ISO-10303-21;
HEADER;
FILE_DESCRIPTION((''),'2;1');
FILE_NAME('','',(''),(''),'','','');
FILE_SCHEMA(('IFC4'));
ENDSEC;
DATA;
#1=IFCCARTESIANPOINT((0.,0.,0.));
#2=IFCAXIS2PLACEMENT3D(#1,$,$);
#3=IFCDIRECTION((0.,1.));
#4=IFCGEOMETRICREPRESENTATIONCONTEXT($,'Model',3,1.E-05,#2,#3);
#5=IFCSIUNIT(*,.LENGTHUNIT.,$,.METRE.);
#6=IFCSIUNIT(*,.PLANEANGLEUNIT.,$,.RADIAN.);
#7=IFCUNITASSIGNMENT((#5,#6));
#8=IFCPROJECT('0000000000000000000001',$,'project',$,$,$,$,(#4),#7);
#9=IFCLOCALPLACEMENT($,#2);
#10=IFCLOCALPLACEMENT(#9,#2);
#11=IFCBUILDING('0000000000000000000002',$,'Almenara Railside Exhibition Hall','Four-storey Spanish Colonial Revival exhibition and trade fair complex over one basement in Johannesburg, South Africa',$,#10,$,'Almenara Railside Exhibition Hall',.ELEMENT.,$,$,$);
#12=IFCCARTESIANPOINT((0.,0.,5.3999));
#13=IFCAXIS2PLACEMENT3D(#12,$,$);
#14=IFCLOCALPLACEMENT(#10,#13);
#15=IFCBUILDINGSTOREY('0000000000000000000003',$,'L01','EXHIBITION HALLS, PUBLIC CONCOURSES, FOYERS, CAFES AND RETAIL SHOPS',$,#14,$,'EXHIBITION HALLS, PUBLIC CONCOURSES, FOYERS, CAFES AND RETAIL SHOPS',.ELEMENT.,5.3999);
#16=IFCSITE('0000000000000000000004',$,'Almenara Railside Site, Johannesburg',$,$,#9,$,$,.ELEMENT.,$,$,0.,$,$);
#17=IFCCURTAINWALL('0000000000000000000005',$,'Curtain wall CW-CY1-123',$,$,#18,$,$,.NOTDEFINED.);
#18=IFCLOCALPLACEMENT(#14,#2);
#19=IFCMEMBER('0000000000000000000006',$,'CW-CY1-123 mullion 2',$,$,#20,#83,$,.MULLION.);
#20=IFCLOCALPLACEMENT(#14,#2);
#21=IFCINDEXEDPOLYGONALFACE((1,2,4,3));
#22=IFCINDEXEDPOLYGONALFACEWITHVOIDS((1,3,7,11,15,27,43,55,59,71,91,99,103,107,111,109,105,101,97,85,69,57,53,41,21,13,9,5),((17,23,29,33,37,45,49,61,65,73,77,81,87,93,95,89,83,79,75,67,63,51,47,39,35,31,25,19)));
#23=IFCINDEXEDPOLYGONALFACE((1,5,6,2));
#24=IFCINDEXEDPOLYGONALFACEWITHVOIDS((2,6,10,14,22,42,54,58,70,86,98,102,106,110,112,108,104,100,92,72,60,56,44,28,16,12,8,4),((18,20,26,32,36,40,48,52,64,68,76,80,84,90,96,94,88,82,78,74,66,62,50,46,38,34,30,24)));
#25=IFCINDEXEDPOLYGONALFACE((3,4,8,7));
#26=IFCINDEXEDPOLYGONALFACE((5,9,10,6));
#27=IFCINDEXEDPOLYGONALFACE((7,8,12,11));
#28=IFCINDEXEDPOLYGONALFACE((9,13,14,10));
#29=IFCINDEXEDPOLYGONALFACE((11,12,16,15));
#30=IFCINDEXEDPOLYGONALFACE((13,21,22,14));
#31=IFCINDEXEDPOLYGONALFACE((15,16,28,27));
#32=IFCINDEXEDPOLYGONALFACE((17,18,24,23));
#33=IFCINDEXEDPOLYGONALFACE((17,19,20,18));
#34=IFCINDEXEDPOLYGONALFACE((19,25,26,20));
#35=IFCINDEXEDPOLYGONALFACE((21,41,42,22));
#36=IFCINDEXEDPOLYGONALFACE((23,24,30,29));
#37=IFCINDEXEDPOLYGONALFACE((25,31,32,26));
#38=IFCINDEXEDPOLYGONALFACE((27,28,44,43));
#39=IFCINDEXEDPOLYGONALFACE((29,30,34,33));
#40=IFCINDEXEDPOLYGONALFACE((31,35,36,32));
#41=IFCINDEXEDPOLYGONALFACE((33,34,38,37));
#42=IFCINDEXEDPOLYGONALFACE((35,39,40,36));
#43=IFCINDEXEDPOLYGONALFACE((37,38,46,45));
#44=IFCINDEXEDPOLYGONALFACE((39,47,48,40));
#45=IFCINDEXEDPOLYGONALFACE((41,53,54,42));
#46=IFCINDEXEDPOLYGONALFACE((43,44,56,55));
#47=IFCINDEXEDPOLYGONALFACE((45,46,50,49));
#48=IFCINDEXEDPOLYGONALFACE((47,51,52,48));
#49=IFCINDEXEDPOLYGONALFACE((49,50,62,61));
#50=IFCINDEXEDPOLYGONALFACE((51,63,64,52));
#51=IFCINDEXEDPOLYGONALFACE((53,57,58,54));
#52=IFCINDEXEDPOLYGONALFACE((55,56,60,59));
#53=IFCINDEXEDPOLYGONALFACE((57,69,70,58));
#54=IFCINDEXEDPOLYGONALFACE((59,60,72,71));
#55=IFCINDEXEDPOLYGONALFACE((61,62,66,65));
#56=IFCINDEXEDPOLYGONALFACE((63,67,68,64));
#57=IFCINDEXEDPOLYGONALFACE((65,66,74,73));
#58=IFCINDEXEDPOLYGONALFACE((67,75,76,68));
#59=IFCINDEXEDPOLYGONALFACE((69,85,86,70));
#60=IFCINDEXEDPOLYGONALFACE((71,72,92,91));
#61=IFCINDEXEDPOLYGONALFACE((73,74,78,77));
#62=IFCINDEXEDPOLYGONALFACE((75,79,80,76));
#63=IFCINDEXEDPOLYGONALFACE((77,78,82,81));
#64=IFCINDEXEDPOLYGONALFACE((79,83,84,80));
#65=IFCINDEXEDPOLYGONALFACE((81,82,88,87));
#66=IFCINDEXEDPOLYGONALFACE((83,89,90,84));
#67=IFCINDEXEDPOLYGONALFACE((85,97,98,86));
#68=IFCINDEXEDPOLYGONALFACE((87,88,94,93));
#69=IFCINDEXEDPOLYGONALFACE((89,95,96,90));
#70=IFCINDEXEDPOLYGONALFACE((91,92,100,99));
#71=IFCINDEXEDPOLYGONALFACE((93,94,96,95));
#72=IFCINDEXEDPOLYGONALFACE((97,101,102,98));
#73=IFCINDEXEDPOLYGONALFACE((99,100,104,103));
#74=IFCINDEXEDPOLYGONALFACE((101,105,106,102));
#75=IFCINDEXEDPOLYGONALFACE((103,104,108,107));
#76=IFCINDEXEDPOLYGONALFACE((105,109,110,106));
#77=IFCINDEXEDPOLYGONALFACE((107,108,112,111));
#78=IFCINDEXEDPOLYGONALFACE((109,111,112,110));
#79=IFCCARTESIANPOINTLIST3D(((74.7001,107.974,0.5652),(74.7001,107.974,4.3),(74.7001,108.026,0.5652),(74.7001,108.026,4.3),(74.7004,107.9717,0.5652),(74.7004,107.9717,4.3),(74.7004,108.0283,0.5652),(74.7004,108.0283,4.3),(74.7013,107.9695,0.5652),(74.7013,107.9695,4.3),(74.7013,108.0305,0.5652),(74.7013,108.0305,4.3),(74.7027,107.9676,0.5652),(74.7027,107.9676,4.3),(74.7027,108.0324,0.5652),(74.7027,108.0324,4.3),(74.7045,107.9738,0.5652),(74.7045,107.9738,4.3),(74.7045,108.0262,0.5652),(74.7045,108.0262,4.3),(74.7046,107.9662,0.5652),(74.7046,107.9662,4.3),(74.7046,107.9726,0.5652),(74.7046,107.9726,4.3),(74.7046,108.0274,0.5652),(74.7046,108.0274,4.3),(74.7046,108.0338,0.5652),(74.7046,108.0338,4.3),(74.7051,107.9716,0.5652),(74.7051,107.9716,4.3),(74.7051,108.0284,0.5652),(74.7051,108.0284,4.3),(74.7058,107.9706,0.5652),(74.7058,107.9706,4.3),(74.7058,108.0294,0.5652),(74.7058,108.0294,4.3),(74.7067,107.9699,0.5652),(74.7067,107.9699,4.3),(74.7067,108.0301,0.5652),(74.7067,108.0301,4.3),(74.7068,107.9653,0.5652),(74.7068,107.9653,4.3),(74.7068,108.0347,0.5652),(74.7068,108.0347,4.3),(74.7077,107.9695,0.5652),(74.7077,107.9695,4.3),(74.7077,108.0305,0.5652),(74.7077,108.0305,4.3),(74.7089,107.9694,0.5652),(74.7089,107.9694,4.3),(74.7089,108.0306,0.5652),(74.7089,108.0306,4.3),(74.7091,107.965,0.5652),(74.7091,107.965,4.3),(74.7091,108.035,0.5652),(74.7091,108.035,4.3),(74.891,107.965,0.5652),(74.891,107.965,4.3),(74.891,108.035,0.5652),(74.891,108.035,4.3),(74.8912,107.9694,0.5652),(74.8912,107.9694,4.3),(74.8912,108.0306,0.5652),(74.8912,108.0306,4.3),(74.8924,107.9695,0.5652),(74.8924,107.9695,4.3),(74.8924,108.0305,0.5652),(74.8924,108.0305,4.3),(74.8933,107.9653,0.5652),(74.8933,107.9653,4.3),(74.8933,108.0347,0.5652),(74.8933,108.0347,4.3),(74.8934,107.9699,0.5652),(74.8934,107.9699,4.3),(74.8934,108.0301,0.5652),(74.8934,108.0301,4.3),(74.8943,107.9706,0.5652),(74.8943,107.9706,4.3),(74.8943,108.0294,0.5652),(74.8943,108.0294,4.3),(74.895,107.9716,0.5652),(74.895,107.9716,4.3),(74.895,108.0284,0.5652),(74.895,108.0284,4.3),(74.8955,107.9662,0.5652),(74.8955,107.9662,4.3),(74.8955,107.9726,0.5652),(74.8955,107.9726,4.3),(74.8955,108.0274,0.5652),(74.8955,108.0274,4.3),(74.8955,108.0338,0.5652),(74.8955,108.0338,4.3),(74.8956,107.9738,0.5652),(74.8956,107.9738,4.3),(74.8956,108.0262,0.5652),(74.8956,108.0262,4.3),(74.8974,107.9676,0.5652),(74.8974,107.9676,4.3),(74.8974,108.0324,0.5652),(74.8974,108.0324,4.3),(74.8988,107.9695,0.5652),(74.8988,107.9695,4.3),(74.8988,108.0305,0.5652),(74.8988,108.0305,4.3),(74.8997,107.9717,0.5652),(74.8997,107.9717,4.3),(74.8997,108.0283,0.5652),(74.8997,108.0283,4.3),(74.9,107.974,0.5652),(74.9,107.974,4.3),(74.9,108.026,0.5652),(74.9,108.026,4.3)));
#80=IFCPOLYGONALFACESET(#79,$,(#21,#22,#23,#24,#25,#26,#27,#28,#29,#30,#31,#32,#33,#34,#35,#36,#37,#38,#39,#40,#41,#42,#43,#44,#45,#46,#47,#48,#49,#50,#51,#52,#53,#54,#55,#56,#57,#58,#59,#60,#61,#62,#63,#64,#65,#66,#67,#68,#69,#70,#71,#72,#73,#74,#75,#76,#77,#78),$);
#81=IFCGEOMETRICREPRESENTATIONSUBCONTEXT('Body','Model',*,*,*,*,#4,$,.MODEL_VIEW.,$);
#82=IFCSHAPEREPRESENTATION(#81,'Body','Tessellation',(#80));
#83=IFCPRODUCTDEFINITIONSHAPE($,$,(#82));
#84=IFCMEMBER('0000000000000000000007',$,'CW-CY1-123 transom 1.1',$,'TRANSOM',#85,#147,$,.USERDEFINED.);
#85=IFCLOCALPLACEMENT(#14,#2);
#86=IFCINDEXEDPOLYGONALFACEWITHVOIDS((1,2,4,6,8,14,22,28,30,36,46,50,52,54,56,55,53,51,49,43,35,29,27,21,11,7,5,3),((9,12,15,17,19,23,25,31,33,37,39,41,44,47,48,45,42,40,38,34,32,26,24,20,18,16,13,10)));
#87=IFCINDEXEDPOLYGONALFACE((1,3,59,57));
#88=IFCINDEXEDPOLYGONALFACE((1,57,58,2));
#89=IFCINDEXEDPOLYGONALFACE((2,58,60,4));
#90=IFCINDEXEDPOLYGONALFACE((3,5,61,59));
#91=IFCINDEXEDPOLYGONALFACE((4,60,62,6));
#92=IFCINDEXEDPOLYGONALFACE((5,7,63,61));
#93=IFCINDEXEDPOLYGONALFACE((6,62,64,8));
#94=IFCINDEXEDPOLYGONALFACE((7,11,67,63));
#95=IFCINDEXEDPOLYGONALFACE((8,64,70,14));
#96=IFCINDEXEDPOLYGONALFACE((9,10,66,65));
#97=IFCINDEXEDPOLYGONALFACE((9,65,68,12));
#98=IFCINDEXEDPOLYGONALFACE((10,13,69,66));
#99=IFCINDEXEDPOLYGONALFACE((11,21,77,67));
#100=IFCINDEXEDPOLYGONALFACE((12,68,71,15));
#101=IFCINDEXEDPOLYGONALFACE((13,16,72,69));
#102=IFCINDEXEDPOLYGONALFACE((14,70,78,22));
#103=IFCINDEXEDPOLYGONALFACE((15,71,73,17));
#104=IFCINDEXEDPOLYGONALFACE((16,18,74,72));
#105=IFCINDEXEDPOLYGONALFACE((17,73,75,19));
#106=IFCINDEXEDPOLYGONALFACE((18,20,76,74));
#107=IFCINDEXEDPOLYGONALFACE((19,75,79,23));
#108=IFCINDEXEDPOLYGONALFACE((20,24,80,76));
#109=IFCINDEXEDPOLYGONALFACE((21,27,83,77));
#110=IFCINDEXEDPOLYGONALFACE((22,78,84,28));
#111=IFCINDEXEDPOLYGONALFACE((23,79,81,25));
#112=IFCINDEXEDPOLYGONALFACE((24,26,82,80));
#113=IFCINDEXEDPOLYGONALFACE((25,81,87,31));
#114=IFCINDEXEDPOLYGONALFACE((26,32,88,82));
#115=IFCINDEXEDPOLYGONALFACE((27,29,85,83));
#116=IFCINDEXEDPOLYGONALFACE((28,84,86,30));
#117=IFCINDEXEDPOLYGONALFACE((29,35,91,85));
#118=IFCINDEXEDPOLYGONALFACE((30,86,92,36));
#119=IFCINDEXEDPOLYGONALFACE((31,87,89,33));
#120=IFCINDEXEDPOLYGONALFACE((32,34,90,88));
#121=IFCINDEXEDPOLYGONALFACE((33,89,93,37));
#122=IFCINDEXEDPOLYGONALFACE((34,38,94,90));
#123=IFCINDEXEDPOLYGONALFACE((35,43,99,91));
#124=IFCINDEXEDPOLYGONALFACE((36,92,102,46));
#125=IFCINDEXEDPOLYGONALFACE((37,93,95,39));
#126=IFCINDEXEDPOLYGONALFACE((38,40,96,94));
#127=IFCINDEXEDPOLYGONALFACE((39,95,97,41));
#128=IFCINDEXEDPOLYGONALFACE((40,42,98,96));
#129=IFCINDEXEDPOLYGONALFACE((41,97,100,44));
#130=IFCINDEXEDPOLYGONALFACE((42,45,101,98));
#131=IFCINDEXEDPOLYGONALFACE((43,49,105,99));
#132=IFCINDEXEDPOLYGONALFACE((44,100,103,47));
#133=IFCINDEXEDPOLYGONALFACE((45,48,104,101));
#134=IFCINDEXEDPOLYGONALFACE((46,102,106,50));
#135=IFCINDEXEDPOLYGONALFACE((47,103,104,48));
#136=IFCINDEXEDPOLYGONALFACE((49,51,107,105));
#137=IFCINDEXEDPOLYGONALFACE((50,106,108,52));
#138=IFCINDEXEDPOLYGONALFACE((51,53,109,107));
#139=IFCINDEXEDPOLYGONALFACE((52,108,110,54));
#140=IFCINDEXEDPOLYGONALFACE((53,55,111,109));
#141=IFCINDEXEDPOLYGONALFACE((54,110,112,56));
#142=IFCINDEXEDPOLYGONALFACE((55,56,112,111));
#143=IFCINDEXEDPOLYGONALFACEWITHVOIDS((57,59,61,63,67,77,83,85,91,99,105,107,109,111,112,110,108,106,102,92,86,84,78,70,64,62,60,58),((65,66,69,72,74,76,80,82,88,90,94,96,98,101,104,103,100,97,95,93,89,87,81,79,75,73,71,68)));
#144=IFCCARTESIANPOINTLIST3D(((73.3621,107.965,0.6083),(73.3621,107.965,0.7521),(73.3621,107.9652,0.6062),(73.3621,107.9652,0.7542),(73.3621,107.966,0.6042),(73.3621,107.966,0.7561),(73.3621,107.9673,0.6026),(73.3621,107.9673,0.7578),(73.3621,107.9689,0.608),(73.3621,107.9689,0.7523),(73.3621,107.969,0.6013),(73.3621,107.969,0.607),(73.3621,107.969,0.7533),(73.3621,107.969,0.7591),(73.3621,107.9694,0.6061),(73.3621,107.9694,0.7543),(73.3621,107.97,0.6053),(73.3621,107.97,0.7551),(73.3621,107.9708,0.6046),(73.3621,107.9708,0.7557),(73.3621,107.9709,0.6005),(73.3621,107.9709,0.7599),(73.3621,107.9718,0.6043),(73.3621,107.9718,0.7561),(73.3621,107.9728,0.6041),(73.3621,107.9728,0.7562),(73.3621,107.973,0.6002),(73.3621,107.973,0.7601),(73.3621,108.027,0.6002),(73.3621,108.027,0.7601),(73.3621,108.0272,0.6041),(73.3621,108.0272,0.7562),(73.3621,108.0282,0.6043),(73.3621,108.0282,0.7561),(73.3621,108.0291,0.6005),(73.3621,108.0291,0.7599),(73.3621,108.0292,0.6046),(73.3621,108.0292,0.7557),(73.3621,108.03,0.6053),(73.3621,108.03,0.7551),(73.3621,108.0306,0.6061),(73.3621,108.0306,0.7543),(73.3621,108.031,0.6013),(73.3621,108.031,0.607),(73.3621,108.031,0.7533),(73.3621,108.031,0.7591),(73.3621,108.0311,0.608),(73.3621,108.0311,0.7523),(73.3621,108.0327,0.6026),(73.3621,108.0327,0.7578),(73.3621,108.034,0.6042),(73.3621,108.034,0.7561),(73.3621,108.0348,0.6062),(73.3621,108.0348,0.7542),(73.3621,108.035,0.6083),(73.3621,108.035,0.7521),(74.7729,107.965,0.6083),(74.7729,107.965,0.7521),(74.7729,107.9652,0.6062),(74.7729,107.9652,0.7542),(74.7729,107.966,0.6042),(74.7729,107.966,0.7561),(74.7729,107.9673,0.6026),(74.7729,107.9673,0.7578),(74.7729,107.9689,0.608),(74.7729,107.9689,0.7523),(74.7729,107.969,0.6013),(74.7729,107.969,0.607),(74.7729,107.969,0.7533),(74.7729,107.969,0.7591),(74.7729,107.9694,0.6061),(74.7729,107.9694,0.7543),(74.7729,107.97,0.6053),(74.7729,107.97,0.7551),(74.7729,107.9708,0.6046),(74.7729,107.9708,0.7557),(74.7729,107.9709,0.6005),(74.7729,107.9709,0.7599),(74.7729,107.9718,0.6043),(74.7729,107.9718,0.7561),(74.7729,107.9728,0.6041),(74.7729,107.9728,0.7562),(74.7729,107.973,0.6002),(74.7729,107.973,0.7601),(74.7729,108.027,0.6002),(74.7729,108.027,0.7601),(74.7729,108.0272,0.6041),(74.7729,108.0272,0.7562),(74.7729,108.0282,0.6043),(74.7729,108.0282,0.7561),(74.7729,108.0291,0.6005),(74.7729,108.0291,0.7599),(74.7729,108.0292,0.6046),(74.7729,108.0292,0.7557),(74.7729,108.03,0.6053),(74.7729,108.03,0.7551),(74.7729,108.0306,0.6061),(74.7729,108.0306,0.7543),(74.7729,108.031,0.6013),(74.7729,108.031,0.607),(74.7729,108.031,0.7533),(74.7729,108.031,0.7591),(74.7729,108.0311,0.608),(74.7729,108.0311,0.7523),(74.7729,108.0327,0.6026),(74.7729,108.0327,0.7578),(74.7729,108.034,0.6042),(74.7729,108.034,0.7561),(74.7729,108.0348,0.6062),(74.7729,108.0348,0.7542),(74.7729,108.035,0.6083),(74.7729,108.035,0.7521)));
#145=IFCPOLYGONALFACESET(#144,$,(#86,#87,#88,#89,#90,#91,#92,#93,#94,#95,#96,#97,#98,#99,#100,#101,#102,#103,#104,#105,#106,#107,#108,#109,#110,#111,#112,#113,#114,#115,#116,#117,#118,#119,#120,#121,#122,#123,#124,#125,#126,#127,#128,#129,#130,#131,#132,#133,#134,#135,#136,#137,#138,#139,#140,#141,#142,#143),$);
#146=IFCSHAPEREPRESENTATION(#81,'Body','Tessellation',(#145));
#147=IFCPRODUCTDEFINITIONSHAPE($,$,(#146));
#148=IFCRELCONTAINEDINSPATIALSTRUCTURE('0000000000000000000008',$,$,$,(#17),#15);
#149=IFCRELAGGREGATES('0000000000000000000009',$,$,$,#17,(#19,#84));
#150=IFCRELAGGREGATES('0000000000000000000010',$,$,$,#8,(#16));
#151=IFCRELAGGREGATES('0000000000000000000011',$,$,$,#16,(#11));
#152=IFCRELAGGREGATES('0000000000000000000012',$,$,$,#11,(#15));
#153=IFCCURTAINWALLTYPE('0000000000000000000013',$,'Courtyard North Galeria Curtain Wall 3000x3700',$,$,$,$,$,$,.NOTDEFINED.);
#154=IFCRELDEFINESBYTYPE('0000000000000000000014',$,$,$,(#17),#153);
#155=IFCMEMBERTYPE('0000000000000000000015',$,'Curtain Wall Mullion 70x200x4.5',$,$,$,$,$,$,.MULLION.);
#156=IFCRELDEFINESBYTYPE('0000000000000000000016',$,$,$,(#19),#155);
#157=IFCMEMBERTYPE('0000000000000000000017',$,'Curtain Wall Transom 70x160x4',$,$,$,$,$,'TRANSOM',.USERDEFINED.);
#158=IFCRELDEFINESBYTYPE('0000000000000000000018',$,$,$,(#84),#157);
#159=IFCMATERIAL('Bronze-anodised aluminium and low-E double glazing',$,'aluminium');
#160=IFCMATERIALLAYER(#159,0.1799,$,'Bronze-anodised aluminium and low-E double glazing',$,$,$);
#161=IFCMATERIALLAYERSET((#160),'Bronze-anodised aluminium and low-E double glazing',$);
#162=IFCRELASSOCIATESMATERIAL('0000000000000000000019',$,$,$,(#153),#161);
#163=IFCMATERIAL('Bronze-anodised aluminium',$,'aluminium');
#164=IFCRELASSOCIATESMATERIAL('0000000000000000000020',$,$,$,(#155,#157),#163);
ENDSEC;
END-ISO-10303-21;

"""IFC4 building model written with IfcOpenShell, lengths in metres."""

from ifc_helpers import new_model, si_unit, direction, frame, origin, origin_2d, place, context, subcontext, project, spatial, hollow_rectangle, extrude, material, layer, layer_set, material_profile, profile_set, type_object, element, aggregate, save


model = new_model("IFC4")

# Units and contexts
model_context = context("Model", 3, precision=1e-05, world=origin(), true_north=direction((0.0, 1.0)))
body_context = subcontext(model_context, "Body", "Model", "MODEL_VIEW")
ifc_project = project(units=[si_unit("LENGTHUNIT", "METRE"), si_unit("PLANEANGLEUNIT", "RADIAN")], contexts=[model_context])

# Site, building, storey
site_placement = place(None, origin())
site = spatial("IfcSite", under=ifc_project, at=site_placement, Name="Almenara Railside Site, Johannesburg", CompositionType="ELEMENT", RefElevation=0.0)
building_placement = place(site_placement, origin())
building = spatial("IfcBuilding", under=site, at=building_placement, Name="Almenara Railside Exhibition Hall", Description="Four-storey Spanish Colonial Revival exhibition and trade fair complex over one basement in Johannesburg, South Africa", LongName="Almenara Railside Exhibition Hall", CompositionType="ELEMENT")
storey_placement = place(building_placement, frame((0.0, 0.0, 5.3999)))
storey = spatial("IfcBuildingStorey", under=building, at=storey_placement, Name="L01", Description="EXHIBITION HALLS, PUBLIC CONCOURSES, FOYERS, CAFES AND RETAIL SHOPS", LongName="EXHIBITION HALLS, PUBLIC CONCOURSES, FOYERS, CAFES AND RETAIL SHOPS", CompositionType="ELEMENT", Elevation=5.3999)

# Shared definitions
ifc_material_1 = material(Name="Bronze-anodised aluminium and low-E double glazing", Category="aluminium")
ifc_layer_1 = layer(ifc_material_1, 0.1799, Name="Bronze-anodised aluminium and low-E double glazing")
ifc_layer_set_1 = layer_set([ifc_layer_1], Name="Bronze-anodised aluminium and low-E double glazing")
curtain_wall_type = type_object("IfcCurtainWallType", Name="Courtyard North Galeria Curtain Wall 3000x3700", PredefinedType="NOTDEFINED", material=ifc_layer_set_1)
ifc_material_2 = material(Name="Bronze-anodised aluminium", Category="aluminium")

# Curtain wall, members
curtain_wall_1_placement = place(storey_placement, origin())
curtain_wall_1 = element("IfcCurtainWall", 1, at=curtain_wall_1_placement, inside=storey, type_object=curtain_wall_type, Name="Curtain wall CW-CY1-123", PredefinedType="NOTDEFINED")
ifc_material_profile_1 = material_profile(ifc_material_2, hollow_rectangle(XDim=0.0701, YDim=0.2, WallThickness=0.0044, InnerFilletRadius=0.0044, OuterFilletRadius=0.009, at=origin_2d()), Name="ALU-MUL 70x200x4.5")
ifc_profile_set_1 = profile_set([ifc_material_profile_1], Name="Bronze-anodised aluminium")
member_type_1 = type_object("IfcMemberType", Name="Curtain Wall Mullion 70x200x4.5", PredefinedType="MULLION", material=ifc_profile_set_1)
member_1_placement = place(storey_placement, frame((74.8, 108.0, 0.5652), z_axis=(0.0, 0.0, 1.0), x_axis=(0.0, 1.0, 0.0)))
member_1 = element("IfcMember", 2, at=member_1_placement, type_object=member_type_1, Name="CW-CY1-123 mullion 2", PredefinedType="MULLION", context=body_context, shape_type="SweptSolid", body=[
    extrude(hollow_rectangle(XDim=0.0701, YDim=0.2, WallThickness=0.0044, InnerFilletRadius=0.0044, OuterFilletRadius=0.009, at=origin_2d()), origin(), (0.0, 0.0, 1.0), 3.7349),
])
ifc_material_profile_2 = material_profile(ifc_material_2, hollow_rectangle(XDim=0.0701, YDim=0.1599, WallThickness=0.0039, InnerFilletRadius=0.0039, OuterFilletRadius=0.0081, at=origin_2d()), Name="ALU-TRN 70x160x4")
ifc_profile_set_2 = profile_set([ifc_material_profile_2], Name="Bronze-anodised aluminium")
member_type_2 = type_object("IfcMemberType", Name="Curtain Wall Transom 70x160x4", ElementType="TRANSOM", PredefinedType="USERDEFINED", material=ifc_profile_set_2)
member_2_placement = place(storey_placement, frame((73.3621, 108.0, 0.6802), z_axis=(1.0, 0.0, 0.0), x_axis=(0.0, 1.0, 0.0)))
member_2 = element("IfcMember", 3, at=member_2_placement, type_object=member_type_2, Name="CW-CY1-123 transom 1.1", ObjectType="TRANSOM", PredefinedType="USERDEFINED", context=body_context, shape_type="SweptSolid", body=[
    extrude(hollow_rectangle(XDim=0.0701, YDim=0.1599, WallThickness=0.0039, InnerFilletRadius=0.0039, OuterFilletRadius=0.0081, at=origin_2d()), origin(), (0.0, 0.0, 1.0), 1.4109),
])

aggregate(curtain_wall_1, [member_1, member_2])

save(model, "model.ifc")
